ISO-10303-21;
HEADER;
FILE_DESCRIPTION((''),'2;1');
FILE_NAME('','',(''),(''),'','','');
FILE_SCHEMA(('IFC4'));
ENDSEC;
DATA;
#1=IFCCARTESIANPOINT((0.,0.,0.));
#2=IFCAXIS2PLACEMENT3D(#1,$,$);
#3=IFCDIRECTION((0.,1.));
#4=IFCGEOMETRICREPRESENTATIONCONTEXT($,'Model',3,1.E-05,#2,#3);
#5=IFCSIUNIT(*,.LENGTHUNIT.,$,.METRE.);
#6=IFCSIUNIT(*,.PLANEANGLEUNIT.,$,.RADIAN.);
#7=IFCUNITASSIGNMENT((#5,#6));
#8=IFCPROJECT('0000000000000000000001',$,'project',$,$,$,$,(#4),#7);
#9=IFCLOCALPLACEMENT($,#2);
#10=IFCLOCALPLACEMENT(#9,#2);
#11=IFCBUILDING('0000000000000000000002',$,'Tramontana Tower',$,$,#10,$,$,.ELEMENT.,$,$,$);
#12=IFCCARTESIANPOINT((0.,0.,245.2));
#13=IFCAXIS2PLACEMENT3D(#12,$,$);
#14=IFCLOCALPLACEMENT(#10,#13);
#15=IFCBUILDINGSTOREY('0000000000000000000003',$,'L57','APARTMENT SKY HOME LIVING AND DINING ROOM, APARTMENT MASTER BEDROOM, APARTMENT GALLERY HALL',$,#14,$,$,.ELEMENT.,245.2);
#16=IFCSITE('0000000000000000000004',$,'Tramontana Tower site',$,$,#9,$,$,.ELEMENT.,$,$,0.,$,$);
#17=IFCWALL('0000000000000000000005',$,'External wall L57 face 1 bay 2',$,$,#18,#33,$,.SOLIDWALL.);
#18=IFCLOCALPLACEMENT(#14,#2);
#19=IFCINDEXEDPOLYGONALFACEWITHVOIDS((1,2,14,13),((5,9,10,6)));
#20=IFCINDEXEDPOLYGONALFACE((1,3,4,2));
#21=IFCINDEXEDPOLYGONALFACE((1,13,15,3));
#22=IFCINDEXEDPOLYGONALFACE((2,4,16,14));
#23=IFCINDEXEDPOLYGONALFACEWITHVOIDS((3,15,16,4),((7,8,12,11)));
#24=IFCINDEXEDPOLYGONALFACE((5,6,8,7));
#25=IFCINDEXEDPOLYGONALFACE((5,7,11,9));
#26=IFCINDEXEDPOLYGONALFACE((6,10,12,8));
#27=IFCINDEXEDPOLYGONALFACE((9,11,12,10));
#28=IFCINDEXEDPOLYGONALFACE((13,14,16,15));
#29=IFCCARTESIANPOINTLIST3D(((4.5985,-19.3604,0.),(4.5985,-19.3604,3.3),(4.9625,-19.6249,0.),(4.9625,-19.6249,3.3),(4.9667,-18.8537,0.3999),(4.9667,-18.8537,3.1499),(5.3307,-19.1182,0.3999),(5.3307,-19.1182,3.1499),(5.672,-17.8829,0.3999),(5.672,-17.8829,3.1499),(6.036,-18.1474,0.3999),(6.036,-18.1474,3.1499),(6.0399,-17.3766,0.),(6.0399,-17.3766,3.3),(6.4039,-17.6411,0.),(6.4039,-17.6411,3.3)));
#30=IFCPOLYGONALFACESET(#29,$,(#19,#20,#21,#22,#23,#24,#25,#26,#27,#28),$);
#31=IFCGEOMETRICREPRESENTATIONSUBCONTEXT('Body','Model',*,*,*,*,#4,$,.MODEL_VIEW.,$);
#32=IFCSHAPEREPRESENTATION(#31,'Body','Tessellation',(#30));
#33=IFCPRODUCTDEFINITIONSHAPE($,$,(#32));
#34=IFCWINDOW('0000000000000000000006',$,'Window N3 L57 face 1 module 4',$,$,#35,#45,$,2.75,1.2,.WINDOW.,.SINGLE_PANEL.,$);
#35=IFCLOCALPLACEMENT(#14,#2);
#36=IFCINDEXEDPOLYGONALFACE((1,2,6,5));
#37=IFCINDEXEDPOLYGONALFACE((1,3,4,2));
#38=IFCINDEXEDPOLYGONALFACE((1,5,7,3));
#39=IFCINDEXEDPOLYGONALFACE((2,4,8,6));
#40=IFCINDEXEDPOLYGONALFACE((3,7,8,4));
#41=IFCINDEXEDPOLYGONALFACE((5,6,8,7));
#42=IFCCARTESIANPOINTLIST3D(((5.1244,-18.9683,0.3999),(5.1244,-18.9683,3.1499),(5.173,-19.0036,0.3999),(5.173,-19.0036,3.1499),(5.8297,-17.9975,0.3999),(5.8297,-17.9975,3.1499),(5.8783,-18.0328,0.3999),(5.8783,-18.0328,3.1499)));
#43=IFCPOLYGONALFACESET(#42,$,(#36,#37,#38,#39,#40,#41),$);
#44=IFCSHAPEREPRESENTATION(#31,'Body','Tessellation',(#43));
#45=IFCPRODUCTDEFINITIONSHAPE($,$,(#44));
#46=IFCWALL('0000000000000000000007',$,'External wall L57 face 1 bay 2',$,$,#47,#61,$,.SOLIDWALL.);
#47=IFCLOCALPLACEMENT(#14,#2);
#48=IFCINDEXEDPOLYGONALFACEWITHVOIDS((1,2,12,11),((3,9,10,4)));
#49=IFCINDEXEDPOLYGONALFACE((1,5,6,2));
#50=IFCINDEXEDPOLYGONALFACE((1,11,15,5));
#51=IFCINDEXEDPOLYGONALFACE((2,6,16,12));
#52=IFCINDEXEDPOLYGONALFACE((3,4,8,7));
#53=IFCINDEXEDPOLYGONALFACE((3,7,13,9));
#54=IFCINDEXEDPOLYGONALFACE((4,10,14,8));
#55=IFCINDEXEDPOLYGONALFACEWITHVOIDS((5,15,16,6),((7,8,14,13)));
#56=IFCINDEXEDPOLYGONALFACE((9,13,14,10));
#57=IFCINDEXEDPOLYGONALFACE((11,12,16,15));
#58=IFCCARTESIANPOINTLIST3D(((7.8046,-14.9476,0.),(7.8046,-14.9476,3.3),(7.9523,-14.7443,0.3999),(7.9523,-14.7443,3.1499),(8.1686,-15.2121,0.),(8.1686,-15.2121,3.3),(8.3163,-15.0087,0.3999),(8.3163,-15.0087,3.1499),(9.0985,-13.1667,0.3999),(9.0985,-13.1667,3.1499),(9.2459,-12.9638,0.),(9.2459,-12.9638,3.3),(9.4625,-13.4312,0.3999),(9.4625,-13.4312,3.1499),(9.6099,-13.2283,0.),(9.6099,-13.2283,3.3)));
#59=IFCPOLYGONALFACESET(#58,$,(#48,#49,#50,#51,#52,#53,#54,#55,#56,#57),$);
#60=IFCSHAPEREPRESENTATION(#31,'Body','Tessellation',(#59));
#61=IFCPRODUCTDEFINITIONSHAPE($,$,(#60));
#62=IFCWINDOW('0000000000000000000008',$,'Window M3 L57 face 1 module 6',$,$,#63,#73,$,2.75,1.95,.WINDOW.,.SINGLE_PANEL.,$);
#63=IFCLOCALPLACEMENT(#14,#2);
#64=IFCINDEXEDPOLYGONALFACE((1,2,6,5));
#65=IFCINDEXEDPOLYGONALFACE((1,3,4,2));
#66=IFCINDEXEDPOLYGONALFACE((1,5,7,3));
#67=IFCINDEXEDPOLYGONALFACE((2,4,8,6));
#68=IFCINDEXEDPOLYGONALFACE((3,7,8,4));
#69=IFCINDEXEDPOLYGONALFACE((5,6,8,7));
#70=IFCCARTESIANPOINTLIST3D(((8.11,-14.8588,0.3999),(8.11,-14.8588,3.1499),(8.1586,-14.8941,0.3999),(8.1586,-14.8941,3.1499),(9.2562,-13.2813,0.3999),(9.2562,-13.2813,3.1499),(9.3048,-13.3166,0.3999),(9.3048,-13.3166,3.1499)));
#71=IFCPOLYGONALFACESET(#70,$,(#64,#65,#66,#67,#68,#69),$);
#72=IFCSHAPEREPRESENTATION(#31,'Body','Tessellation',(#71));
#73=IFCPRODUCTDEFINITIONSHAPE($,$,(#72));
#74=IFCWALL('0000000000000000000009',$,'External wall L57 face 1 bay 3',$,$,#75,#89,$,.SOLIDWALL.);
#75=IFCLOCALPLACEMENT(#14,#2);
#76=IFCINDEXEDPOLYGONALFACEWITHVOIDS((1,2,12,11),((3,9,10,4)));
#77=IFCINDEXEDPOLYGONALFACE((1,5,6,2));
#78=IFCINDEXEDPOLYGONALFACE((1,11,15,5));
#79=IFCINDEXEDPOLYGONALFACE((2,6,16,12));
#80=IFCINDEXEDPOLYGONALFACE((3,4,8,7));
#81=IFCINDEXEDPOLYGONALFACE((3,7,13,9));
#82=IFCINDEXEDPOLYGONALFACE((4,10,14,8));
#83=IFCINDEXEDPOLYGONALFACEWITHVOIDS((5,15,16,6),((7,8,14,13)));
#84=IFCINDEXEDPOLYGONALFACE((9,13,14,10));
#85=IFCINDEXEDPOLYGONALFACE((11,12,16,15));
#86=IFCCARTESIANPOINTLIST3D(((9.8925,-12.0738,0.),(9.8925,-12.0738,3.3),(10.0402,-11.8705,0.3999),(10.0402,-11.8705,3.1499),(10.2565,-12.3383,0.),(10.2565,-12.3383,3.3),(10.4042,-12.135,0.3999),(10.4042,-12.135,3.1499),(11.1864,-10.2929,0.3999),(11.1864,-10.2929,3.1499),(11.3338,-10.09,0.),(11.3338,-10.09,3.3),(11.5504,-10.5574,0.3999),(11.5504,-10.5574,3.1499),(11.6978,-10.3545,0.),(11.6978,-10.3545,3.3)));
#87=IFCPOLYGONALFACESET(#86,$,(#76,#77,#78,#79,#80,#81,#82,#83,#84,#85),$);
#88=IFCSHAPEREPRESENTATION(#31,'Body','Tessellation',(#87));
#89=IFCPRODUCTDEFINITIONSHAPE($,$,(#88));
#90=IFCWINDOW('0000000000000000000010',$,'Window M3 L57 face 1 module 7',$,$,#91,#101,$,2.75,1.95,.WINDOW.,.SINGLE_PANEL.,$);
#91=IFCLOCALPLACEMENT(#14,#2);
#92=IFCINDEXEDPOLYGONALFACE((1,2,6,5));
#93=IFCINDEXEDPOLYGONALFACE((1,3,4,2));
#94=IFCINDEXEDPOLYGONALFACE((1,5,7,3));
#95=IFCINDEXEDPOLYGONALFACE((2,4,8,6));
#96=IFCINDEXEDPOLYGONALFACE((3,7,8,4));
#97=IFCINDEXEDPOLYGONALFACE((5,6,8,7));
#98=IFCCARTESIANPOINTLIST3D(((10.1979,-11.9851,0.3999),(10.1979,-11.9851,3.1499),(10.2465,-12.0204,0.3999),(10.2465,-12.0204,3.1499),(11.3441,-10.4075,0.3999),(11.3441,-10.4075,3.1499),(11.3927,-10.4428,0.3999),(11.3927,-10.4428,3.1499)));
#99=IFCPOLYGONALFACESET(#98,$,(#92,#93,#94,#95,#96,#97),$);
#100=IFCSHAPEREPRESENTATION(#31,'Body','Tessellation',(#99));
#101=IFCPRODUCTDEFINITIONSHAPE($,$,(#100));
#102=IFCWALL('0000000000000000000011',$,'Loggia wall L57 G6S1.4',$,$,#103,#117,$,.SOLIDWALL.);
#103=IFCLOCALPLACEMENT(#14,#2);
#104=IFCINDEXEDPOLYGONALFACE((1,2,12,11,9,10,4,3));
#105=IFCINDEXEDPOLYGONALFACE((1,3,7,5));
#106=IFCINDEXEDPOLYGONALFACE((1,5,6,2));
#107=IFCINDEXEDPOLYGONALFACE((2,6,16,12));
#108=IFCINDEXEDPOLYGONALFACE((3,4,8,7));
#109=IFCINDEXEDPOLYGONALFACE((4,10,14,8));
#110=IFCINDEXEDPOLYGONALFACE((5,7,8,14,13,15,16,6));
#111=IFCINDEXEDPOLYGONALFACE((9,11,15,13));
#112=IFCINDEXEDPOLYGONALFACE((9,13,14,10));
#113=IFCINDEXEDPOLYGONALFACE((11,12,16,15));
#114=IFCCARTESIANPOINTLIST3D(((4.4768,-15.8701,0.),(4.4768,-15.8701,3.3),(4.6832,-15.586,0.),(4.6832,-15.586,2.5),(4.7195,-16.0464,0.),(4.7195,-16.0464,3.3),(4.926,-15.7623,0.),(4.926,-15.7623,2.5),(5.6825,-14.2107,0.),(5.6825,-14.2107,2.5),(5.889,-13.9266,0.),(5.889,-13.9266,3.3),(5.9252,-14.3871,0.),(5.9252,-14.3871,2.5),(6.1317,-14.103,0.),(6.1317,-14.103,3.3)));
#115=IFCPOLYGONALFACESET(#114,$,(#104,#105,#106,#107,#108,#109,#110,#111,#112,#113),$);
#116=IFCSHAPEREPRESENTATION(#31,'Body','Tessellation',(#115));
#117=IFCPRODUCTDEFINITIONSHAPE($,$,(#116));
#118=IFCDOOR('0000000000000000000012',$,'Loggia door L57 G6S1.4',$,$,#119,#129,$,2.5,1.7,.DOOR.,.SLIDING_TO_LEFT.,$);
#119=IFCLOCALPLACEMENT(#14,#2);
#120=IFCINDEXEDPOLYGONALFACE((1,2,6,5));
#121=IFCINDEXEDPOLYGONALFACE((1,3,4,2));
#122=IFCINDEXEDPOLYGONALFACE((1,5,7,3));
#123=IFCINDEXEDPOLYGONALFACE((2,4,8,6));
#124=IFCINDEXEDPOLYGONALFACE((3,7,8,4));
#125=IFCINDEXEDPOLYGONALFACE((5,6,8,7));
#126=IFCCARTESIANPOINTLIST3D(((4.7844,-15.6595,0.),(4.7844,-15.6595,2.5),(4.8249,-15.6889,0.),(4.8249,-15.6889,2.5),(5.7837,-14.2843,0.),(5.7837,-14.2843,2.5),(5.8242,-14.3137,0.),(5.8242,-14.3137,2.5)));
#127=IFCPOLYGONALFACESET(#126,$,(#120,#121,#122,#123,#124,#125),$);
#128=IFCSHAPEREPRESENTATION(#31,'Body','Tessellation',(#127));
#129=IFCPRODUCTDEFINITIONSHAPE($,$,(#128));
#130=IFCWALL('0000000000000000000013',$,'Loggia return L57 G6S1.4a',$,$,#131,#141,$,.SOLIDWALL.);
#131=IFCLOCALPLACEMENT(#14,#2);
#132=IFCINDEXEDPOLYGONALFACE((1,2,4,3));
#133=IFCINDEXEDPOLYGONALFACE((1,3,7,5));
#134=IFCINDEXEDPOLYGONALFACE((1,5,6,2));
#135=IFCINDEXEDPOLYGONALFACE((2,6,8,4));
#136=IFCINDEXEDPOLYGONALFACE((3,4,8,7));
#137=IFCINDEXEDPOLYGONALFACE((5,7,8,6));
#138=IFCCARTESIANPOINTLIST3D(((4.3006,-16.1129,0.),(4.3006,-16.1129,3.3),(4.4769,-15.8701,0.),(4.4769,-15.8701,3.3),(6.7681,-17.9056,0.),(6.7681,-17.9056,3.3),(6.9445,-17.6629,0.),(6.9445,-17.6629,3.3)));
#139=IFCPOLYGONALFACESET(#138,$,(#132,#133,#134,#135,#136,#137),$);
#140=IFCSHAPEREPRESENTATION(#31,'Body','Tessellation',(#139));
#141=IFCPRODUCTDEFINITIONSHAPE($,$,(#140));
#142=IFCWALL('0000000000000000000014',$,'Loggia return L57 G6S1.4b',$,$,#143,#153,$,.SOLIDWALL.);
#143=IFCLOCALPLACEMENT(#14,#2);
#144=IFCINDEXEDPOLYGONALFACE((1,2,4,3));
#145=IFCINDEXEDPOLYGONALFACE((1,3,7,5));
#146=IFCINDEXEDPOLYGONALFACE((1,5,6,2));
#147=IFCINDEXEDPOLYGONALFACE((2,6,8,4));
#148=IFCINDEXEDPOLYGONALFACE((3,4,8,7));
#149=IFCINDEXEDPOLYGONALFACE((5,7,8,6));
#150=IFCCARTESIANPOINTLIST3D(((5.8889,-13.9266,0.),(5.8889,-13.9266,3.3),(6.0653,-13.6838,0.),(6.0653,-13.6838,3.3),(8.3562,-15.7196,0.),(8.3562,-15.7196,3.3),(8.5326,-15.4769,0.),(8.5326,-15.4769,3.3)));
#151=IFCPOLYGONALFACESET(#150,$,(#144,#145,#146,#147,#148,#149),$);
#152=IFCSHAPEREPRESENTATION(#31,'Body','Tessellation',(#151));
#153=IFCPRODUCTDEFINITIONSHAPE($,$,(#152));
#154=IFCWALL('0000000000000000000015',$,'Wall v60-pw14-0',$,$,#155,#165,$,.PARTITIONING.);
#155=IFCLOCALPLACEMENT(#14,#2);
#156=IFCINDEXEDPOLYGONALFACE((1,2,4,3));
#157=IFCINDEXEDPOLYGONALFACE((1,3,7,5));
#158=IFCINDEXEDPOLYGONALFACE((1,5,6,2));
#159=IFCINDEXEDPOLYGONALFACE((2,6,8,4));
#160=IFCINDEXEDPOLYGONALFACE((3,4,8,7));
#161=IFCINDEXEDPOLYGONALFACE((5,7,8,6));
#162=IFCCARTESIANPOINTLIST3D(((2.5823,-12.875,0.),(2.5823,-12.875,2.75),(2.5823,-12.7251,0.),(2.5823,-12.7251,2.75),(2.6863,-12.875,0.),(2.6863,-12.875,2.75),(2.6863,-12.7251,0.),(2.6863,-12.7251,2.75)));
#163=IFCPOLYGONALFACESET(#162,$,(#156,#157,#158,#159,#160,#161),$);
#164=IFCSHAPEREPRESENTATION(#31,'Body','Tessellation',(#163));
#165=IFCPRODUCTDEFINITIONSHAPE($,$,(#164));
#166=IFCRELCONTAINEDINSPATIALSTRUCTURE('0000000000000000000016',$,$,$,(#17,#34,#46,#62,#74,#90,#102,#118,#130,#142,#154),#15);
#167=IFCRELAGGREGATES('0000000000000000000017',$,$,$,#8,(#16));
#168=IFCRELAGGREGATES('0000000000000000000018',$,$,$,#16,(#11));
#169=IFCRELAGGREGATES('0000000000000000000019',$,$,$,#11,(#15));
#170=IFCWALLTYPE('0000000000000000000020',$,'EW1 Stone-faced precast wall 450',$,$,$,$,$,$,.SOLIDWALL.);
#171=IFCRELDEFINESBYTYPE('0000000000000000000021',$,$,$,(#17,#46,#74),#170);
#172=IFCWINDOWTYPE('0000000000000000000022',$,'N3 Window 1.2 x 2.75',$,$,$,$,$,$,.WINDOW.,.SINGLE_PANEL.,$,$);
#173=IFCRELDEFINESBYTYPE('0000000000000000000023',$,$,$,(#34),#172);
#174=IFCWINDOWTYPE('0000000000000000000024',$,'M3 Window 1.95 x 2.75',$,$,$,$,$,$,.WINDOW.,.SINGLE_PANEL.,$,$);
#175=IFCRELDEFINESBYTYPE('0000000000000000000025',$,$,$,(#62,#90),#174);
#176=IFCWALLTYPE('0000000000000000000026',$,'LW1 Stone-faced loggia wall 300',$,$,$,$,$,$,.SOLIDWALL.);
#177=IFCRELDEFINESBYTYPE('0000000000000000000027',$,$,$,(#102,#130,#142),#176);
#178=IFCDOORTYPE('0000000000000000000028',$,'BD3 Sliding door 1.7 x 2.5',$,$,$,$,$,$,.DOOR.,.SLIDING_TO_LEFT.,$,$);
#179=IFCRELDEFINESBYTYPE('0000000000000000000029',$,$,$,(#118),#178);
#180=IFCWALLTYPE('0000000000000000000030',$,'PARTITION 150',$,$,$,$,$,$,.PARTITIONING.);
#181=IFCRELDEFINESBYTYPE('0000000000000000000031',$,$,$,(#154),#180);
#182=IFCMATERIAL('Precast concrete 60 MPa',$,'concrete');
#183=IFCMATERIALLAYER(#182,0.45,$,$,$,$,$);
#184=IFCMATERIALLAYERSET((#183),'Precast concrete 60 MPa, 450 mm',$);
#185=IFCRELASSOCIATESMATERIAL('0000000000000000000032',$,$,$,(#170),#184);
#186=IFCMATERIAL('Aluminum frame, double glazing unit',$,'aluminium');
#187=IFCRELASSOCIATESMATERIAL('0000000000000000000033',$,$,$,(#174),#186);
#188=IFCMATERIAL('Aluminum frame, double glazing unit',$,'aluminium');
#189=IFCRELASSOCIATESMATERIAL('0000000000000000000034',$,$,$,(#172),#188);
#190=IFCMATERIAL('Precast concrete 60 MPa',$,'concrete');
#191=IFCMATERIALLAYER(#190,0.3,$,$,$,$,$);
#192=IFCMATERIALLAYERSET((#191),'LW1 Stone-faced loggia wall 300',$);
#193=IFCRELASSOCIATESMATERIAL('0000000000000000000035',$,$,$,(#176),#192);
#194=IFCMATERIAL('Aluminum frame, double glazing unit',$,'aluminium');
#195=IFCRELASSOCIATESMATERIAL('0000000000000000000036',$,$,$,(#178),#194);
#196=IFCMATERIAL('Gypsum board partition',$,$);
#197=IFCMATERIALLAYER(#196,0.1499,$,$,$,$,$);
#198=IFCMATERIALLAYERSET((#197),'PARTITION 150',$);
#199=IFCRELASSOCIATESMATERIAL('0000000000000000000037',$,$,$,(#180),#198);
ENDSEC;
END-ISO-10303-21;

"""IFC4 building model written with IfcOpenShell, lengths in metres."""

from ifc_helpers import new_model, si_unit, direction, frame, frame_2d, origin, place, context, subcontext, project, spatial, rectangle, extrude, material, layer, layer_set, type_object, element, fill, save


model = new_model("IFC4")

# Units and contexts
model_context = context("Model", 3, precision=1e-05, world=origin(), true_north=direction((0.0, 1.0)))
body_context = subcontext(model_context, "Body", "Model", "MODEL_VIEW")
ifc_project = project(units=[si_unit("LENGTHUNIT", "METRE"), si_unit("PLANEANGLEUNIT", "RADIAN")], contexts=[model_context])

# Site, building, storey
site_placement = place(None, origin())
site = spatial("IfcSite", under=ifc_project, at=site_placement, Name="Tramontana Tower site", CompositionType="ELEMENT", RefElevation=0.0)
building_placement = place(site_placement, origin())
building = spatial("IfcBuilding", under=site, at=building_placement, Name="Tramontana Tower", CompositionType="ELEMENT")
storey_placement = place(building_placement, frame((0.0, 0.0, 245.2)))
storey = spatial("IfcBuildingStorey", under=building, at=storey_placement, Name="L57", Description="APARTMENT SKY HOME LIVING AND DINING ROOM, APARTMENT MASTER BEDROOM, APARTMENT GALLERY HALL", CompositionType="ELEMENT", Elevation=245.2)

# Shared definitions
ifc_material_1 = material(Name="Precast concrete 60 MPa", Category="concrete")
ifc_layer_1 = layer(ifc_material_1, 0.45)
ifc_layer_set_1 = layer_set([ifc_layer_1], Name="Precast concrete 60 MPa, 450 mm")
wall_type_1 = type_object("IfcWallType", Name="EW1 Stone-faced precast wall 450", PredefinedType="SOLIDWALL", material=ifc_layer_set_1)
ifc_material_2 = material(Name="Aluminum frame, double glazing unit", Category="aluminium")
window_type_1 = type_object("IfcWindowType", Name="M3 Window 1.95 x 2.75", PartitioningType="SINGLE_PANEL", PredefinedType="WINDOW", material=ifc_material_2)

# Walls, openings, windows
wall_1_placement = place(storey_placement, frame((4.7805, -19.4927, 0.0), z_axis=(0.0, 0.0, 1.0), x_axis=(0.587793, 0.809012, 0.0)))
wall_1 = element("IfcWall", 1, at=wall_1_placement, inside=storey, type_object=wall_type_1, Name="External wall L57 face 1 bay 2", PredefinedType="SOLIDWALL", context=body_context, shape_type="SweptSolid", body=[
    extrude(rectangle(XDim=2.4521, YDim=0.45, at=frame_2d((1.2261, 0.0))), origin(), (0.0, 0.0, 1.0), 3.3),
])
opening_1_placement = place(wall_1_placement, frame((0.6262, 0.0, 0.3999)))
opening_1 = element("IfcOpeningElement", 2, at=opening_1_placement, cuts=wall_1, PredefinedType="OPENING", context=body_context, shape_type="SweptSolid", body=[
    extrude(rectangle(XDim=1.2, YDim=2.75, at=frame_2d((0.6001, 1.375))), frame((0.0, 0.2349, 0.0), z_axis=(0.0, -1.0, 0.0), x_axis=(1.0, 0.0, 0.0)), (0.0, 0.0, 1.0), 0.47),
])
ifc_material_3 = material(Name="Aluminum frame, double glazing unit", Category="aluminium")
window_type_2 = type_object("IfcWindowType", Name="N3 Window 1.2 x 2.75", PartitioningType="SINGLE_PANEL", PredefinedType="WINDOW", material=ifc_material_3)
window_1_placement = place(opening_1_placement, origin())
window_1 = element("IfcWindow", 3, at=window_1_placement, inside=storey, type_object=window_type_2, Name="Window N3 L57 face 1 module 4", OverallHeight=2.75, OverallWidth=1.2, PartitioningType="SINGLE_PANEL", PredefinedType="WINDOW", context=body_context, shape_type="SweptSolid", body=[
    extrude(rectangle(XDim=1.2, YDim=2.75, at=frame_2d((0.6001, 1.375))), frame((0.0, 0.03, 0.0), z_axis=(0.0, -1.0, 0.0), x_axis=(1.0, 0.0, 0.0)), (0.0, 0.0, 1.0), 0.0601),
])
fill(opening_1, window_1)
wall_2_placement = place(storey_placement, frame((7.9866, -15.0798, 0.0), z_axis=(0.0, 0.0, 1.0), x_axis=(0.587793, 0.809012, 0.0)))
wall_2 = element("IfcWall", 4, at=wall_2_placement, inside=storey, type_object=wall_type_1, Name="External wall L57 face 1 bay 2", PredefinedType="SOLIDWALL", context=body_context, shape_type="SweptSolid", body=[
    extrude(rectangle(XDim=2.4521, YDim=0.45, at=frame_2d((1.2261, 0.0))), origin(), (0.0, 0.0, 1.0), 3.3),
])
opening_2_placement = place(wall_2_placement, frame((0.2512, 0.0, 0.3999)))
opening_2 = element("IfcOpeningElement", 5, at=opening_2_placement, cuts=wall_2, PredefinedType="OPENING", context=body_context, shape_type="SweptSolid", body=[
    extrude(rectangle(XDim=1.95, YDim=2.75, at=frame_2d((0.9751, 1.375))), frame((0.0, 0.2349, 0.0), z_axis=(0.0, -1.0, 0.0), x_axis=(1.0, 0.0, 0.0)), (0.0, 0.0, 1.0), 0.47),
])
window_2_placement = place(opening_2_placement, origin())
window_2 = element("IfcWindow", 6, at=window_2_placement, inside=storey, type_object=window_type_1, Name="Window M3 L57 face 1 module 6", OverallHeight=2.75, OverallWidth=1.95, PartitioningType="SINGLE_PANEL", PredefinedType="WINDOW", context=body_context, shape_type="SweptSolid", body=[
    extrude(rectangle(XDim=1.95, YDim=2.75, at=frame_2d((0.9751, 1.375))), frame((0.0, 0.03, 0.0), z_axis=(0.0, -1.0, 0.0), x_axis=(1.0, 0.0, 0.0)), (0.0, 0.0, 1.0), 0.0601),
])
fill(opening_2, window_2)
wall_3_placement = place(storey_placement, frame((10.0745, -12.2061, 0.0), z_axis=(0.0, 0.0, 1.0), x_axis=(0.587793, 0.809012, 0.0)))
wall_3 = element("IfcWall", 7, at=wall_3_placement, inside=storey, type_object=wall_type_1, Name="External wall L57 face 1 bay 3", PredefinedType="SOLIDWALL", context=body_context, shape_type="SweptSolid", body=[
    extrude(rectangle(XDim=2.4521, YDim=0.45, at=frame_2d((1.2261, 0.0))), origin(), (0.0, 0.0, 1.0), 3.3),
])
opening_3_placement = place(wall_3_placement, frame((0.2512, 0.0, 0.3999)))
opening_3 = element("IfcOpeningElement", 8, at=opening_3_placement, cuts=wall_3, PredefinedType="OPENING", context=body_context, shape_type="SweptSolid", body=[
    extrude(rectangle(XDim=1.95, YDim=2.75, at=frame_2d((0.9751, 1.375))), frame((0.0, 0.2349, 0.0), z_axis=(0.0, -1.0, 0.0), x_axis=(1.0, 0.0, 0.0)), (0.0, 0.0, 1.0), 0.47),
])
window_3_placement = place(opening_3_placement, origin())
window_3 = element("IfcWindow", 9, at=window_3_placement, inside=storey, type_object=window_type_1, Name="Window M3 L57 face 1 module 7", OverallHeight=2.75, OverallWidth=1.95, PartitioningType="SINGLE_PANEL", PredefinedType="WINDOW", context=body_context, shape_type="SweptSolid", body=[
    extrude(rectangle(XDim=1.95, YDim=2.75, at=frame_2d((0.9751, 1.375))), frame((0.0, 0.03, 0.0), z_axis=(0.0, -1.0, 0.0), x_axis=(1.0, 0.0, 0.0)), (0.0, 0.0, 1.0), 0.0601),
])
fill(opening_3, window_3)

# Wall, opening, door
ifc_material_4 = material(Name="Precast concrete 60 MPa", Category="concrete")
ifc_layer_2 = layer(ifc_material_4, 0.3)
ifc_layer_set_2 = layer_set([ifc_layer_2], Name="LW1 Stone-faced loggia wall 300")
wall_type_2 = type_object("IfcWallType", Name="LW1 Stone-faced loggia wall 300", PredefinedType="SOLIDWALL", material=ifc_layer_set_2)
wall_4_placement = place(storey_placement, frame((4.5981, -15.9583, 0.0), z_axis=(0.0, 0.0, 1.0), x_axis=(0.587833, 0.808982, 0.0)))
wall_4 = element("IfcWall", 10, at=wall_4_placement, inside=storey, type_object=wall_type_2, Name="Loggia wall L57 G6S1.4", PredefinedType="SOLIDWALL", context=body_context, shape_type="SweptSolid", body=[
    extrude(rectangle(XDim=2.4023, YDim=0.3, at=frame_2d((1.2012, 0.0))), origin(), (0.0, 0.0, 1.0), 3.3),
])
opening_4_placement = place(wall_4_placement, frame((0.3511, 0.0, 0.0)))
opening_4 = element("IfcOpeningElement", 11, at=opening_4_placement, cuts=wall_4, PredefinedType="OPENING", context=body_context, shape_type="SweptSolid", body=[
    extrude(rectangle(XDim=1.7, YDim=2.5, at=frame_2d((0.8501, 1.25))), frame((0.0, 0.1599, 0.0), z_axis=(0.0, -1.0, 0.0), x_axis=(1.0, 0.0, 0.0)), (0.0, 0.0, 1.0), 0.3201),
])
ifc_material_5 = material(Name="Aluminum frame, double glazing unit", Category="aluminium")
door_type_1 = type_object("IfcDoorType", Name="BD3 Sliding door 1.7 x 2.5", OperationType="SLIDING_TO_LEFT", PredefinedType="DOOR", material=ifc_material_5)
door_1_placement = place(opening_4_placement, origin())
door_1 = element("IfcDoor", 12, at=door_1_placement, inside=storey, type_object=door_type_1, Name="Loggia door L57 G6S1.4", OperationType="SLIDING_TO_LEFT", OverallHeight=2.5, OverallWidth=1.7, PredefinedType="DOOR", context=body_context, shape_type="SweptSolid", body=[
    extrude(rectangle(XDim=1.7, YDim=2.5, at=frame_2d((0.8501, 1.25))), frame((0.0, 0.0249, 0.0), z_axis=(0.0, -1.0, 0.0), x_axis=(1.0, 0.0, 0.0)), (0.0, 0.0, 1.0), 0.05),
])
fill(opening_4, door_1)

# Walls
for number, where, z_axis, x_axis, name in (
    (13, (6.8562, -17.7842, 0.0), (0.0, 0.0, 1.0), (-0.809023, 0.587777, 0.0), "Loggia return L57 G6S1.4a"),
    (14, (8.4443, -15.5981, 0.0), (0.0, 0.0, 1.0), (-0.808958, 0.587867, 0.0), "Loggia return L57 G6S1.4b"),
):
    element("IfcWall", number, at=place(storey_placement, frame(where, z_axis=z_axis, x_axis=x_axis)), inside=storey, type_object=wall_type_2, Name=name, PredefinedType="SOLIDWALL", context=body_context, shape_type="SweptSolid", body=[
        extrude(rectangle(XDim=3.05, YDim=0.3, at=frame_2d((1.5249, 0.0))), origin(), (0.0, 0.0, 1.0), 3.3),
    ])
ifc_material_6 = material(Name="Gypsum board partition")
ifc_layer_3 = layer(ifc_material_6, 0.1499)
ifc_layer_set_3 = layer_set([ifc_layer_3], Name="PARTITION 150")
wall_type_3 = type_object("IfcWallType", Name="PARTITION 150", PredefinedType="PARTITIONING", material=ifc_layer_set_3)
wall_5_placement = place(storey_placement, frame((2.6863, -12.8, 0.0), z_axis=(0.0, 0.0, 1.0), x_axis=(-1.0, 0.0, 0.0)))
element("IfcWall", 15, at=wall_5_placement, inside=storey, type_object=wall_type_3, Name="Wall v60-pw14-0", PredefinedType="PARTITIONING", context=body_context, shape_type="SweptSolid", body=[
    extrude(rectangle(XDim=0.104, YDim=0.1499, at=frame_2d((0.052, 0.0))), origin(), (0.0, 0.0, 1.0), 2.75),
])

save(model, "model.ifc")
